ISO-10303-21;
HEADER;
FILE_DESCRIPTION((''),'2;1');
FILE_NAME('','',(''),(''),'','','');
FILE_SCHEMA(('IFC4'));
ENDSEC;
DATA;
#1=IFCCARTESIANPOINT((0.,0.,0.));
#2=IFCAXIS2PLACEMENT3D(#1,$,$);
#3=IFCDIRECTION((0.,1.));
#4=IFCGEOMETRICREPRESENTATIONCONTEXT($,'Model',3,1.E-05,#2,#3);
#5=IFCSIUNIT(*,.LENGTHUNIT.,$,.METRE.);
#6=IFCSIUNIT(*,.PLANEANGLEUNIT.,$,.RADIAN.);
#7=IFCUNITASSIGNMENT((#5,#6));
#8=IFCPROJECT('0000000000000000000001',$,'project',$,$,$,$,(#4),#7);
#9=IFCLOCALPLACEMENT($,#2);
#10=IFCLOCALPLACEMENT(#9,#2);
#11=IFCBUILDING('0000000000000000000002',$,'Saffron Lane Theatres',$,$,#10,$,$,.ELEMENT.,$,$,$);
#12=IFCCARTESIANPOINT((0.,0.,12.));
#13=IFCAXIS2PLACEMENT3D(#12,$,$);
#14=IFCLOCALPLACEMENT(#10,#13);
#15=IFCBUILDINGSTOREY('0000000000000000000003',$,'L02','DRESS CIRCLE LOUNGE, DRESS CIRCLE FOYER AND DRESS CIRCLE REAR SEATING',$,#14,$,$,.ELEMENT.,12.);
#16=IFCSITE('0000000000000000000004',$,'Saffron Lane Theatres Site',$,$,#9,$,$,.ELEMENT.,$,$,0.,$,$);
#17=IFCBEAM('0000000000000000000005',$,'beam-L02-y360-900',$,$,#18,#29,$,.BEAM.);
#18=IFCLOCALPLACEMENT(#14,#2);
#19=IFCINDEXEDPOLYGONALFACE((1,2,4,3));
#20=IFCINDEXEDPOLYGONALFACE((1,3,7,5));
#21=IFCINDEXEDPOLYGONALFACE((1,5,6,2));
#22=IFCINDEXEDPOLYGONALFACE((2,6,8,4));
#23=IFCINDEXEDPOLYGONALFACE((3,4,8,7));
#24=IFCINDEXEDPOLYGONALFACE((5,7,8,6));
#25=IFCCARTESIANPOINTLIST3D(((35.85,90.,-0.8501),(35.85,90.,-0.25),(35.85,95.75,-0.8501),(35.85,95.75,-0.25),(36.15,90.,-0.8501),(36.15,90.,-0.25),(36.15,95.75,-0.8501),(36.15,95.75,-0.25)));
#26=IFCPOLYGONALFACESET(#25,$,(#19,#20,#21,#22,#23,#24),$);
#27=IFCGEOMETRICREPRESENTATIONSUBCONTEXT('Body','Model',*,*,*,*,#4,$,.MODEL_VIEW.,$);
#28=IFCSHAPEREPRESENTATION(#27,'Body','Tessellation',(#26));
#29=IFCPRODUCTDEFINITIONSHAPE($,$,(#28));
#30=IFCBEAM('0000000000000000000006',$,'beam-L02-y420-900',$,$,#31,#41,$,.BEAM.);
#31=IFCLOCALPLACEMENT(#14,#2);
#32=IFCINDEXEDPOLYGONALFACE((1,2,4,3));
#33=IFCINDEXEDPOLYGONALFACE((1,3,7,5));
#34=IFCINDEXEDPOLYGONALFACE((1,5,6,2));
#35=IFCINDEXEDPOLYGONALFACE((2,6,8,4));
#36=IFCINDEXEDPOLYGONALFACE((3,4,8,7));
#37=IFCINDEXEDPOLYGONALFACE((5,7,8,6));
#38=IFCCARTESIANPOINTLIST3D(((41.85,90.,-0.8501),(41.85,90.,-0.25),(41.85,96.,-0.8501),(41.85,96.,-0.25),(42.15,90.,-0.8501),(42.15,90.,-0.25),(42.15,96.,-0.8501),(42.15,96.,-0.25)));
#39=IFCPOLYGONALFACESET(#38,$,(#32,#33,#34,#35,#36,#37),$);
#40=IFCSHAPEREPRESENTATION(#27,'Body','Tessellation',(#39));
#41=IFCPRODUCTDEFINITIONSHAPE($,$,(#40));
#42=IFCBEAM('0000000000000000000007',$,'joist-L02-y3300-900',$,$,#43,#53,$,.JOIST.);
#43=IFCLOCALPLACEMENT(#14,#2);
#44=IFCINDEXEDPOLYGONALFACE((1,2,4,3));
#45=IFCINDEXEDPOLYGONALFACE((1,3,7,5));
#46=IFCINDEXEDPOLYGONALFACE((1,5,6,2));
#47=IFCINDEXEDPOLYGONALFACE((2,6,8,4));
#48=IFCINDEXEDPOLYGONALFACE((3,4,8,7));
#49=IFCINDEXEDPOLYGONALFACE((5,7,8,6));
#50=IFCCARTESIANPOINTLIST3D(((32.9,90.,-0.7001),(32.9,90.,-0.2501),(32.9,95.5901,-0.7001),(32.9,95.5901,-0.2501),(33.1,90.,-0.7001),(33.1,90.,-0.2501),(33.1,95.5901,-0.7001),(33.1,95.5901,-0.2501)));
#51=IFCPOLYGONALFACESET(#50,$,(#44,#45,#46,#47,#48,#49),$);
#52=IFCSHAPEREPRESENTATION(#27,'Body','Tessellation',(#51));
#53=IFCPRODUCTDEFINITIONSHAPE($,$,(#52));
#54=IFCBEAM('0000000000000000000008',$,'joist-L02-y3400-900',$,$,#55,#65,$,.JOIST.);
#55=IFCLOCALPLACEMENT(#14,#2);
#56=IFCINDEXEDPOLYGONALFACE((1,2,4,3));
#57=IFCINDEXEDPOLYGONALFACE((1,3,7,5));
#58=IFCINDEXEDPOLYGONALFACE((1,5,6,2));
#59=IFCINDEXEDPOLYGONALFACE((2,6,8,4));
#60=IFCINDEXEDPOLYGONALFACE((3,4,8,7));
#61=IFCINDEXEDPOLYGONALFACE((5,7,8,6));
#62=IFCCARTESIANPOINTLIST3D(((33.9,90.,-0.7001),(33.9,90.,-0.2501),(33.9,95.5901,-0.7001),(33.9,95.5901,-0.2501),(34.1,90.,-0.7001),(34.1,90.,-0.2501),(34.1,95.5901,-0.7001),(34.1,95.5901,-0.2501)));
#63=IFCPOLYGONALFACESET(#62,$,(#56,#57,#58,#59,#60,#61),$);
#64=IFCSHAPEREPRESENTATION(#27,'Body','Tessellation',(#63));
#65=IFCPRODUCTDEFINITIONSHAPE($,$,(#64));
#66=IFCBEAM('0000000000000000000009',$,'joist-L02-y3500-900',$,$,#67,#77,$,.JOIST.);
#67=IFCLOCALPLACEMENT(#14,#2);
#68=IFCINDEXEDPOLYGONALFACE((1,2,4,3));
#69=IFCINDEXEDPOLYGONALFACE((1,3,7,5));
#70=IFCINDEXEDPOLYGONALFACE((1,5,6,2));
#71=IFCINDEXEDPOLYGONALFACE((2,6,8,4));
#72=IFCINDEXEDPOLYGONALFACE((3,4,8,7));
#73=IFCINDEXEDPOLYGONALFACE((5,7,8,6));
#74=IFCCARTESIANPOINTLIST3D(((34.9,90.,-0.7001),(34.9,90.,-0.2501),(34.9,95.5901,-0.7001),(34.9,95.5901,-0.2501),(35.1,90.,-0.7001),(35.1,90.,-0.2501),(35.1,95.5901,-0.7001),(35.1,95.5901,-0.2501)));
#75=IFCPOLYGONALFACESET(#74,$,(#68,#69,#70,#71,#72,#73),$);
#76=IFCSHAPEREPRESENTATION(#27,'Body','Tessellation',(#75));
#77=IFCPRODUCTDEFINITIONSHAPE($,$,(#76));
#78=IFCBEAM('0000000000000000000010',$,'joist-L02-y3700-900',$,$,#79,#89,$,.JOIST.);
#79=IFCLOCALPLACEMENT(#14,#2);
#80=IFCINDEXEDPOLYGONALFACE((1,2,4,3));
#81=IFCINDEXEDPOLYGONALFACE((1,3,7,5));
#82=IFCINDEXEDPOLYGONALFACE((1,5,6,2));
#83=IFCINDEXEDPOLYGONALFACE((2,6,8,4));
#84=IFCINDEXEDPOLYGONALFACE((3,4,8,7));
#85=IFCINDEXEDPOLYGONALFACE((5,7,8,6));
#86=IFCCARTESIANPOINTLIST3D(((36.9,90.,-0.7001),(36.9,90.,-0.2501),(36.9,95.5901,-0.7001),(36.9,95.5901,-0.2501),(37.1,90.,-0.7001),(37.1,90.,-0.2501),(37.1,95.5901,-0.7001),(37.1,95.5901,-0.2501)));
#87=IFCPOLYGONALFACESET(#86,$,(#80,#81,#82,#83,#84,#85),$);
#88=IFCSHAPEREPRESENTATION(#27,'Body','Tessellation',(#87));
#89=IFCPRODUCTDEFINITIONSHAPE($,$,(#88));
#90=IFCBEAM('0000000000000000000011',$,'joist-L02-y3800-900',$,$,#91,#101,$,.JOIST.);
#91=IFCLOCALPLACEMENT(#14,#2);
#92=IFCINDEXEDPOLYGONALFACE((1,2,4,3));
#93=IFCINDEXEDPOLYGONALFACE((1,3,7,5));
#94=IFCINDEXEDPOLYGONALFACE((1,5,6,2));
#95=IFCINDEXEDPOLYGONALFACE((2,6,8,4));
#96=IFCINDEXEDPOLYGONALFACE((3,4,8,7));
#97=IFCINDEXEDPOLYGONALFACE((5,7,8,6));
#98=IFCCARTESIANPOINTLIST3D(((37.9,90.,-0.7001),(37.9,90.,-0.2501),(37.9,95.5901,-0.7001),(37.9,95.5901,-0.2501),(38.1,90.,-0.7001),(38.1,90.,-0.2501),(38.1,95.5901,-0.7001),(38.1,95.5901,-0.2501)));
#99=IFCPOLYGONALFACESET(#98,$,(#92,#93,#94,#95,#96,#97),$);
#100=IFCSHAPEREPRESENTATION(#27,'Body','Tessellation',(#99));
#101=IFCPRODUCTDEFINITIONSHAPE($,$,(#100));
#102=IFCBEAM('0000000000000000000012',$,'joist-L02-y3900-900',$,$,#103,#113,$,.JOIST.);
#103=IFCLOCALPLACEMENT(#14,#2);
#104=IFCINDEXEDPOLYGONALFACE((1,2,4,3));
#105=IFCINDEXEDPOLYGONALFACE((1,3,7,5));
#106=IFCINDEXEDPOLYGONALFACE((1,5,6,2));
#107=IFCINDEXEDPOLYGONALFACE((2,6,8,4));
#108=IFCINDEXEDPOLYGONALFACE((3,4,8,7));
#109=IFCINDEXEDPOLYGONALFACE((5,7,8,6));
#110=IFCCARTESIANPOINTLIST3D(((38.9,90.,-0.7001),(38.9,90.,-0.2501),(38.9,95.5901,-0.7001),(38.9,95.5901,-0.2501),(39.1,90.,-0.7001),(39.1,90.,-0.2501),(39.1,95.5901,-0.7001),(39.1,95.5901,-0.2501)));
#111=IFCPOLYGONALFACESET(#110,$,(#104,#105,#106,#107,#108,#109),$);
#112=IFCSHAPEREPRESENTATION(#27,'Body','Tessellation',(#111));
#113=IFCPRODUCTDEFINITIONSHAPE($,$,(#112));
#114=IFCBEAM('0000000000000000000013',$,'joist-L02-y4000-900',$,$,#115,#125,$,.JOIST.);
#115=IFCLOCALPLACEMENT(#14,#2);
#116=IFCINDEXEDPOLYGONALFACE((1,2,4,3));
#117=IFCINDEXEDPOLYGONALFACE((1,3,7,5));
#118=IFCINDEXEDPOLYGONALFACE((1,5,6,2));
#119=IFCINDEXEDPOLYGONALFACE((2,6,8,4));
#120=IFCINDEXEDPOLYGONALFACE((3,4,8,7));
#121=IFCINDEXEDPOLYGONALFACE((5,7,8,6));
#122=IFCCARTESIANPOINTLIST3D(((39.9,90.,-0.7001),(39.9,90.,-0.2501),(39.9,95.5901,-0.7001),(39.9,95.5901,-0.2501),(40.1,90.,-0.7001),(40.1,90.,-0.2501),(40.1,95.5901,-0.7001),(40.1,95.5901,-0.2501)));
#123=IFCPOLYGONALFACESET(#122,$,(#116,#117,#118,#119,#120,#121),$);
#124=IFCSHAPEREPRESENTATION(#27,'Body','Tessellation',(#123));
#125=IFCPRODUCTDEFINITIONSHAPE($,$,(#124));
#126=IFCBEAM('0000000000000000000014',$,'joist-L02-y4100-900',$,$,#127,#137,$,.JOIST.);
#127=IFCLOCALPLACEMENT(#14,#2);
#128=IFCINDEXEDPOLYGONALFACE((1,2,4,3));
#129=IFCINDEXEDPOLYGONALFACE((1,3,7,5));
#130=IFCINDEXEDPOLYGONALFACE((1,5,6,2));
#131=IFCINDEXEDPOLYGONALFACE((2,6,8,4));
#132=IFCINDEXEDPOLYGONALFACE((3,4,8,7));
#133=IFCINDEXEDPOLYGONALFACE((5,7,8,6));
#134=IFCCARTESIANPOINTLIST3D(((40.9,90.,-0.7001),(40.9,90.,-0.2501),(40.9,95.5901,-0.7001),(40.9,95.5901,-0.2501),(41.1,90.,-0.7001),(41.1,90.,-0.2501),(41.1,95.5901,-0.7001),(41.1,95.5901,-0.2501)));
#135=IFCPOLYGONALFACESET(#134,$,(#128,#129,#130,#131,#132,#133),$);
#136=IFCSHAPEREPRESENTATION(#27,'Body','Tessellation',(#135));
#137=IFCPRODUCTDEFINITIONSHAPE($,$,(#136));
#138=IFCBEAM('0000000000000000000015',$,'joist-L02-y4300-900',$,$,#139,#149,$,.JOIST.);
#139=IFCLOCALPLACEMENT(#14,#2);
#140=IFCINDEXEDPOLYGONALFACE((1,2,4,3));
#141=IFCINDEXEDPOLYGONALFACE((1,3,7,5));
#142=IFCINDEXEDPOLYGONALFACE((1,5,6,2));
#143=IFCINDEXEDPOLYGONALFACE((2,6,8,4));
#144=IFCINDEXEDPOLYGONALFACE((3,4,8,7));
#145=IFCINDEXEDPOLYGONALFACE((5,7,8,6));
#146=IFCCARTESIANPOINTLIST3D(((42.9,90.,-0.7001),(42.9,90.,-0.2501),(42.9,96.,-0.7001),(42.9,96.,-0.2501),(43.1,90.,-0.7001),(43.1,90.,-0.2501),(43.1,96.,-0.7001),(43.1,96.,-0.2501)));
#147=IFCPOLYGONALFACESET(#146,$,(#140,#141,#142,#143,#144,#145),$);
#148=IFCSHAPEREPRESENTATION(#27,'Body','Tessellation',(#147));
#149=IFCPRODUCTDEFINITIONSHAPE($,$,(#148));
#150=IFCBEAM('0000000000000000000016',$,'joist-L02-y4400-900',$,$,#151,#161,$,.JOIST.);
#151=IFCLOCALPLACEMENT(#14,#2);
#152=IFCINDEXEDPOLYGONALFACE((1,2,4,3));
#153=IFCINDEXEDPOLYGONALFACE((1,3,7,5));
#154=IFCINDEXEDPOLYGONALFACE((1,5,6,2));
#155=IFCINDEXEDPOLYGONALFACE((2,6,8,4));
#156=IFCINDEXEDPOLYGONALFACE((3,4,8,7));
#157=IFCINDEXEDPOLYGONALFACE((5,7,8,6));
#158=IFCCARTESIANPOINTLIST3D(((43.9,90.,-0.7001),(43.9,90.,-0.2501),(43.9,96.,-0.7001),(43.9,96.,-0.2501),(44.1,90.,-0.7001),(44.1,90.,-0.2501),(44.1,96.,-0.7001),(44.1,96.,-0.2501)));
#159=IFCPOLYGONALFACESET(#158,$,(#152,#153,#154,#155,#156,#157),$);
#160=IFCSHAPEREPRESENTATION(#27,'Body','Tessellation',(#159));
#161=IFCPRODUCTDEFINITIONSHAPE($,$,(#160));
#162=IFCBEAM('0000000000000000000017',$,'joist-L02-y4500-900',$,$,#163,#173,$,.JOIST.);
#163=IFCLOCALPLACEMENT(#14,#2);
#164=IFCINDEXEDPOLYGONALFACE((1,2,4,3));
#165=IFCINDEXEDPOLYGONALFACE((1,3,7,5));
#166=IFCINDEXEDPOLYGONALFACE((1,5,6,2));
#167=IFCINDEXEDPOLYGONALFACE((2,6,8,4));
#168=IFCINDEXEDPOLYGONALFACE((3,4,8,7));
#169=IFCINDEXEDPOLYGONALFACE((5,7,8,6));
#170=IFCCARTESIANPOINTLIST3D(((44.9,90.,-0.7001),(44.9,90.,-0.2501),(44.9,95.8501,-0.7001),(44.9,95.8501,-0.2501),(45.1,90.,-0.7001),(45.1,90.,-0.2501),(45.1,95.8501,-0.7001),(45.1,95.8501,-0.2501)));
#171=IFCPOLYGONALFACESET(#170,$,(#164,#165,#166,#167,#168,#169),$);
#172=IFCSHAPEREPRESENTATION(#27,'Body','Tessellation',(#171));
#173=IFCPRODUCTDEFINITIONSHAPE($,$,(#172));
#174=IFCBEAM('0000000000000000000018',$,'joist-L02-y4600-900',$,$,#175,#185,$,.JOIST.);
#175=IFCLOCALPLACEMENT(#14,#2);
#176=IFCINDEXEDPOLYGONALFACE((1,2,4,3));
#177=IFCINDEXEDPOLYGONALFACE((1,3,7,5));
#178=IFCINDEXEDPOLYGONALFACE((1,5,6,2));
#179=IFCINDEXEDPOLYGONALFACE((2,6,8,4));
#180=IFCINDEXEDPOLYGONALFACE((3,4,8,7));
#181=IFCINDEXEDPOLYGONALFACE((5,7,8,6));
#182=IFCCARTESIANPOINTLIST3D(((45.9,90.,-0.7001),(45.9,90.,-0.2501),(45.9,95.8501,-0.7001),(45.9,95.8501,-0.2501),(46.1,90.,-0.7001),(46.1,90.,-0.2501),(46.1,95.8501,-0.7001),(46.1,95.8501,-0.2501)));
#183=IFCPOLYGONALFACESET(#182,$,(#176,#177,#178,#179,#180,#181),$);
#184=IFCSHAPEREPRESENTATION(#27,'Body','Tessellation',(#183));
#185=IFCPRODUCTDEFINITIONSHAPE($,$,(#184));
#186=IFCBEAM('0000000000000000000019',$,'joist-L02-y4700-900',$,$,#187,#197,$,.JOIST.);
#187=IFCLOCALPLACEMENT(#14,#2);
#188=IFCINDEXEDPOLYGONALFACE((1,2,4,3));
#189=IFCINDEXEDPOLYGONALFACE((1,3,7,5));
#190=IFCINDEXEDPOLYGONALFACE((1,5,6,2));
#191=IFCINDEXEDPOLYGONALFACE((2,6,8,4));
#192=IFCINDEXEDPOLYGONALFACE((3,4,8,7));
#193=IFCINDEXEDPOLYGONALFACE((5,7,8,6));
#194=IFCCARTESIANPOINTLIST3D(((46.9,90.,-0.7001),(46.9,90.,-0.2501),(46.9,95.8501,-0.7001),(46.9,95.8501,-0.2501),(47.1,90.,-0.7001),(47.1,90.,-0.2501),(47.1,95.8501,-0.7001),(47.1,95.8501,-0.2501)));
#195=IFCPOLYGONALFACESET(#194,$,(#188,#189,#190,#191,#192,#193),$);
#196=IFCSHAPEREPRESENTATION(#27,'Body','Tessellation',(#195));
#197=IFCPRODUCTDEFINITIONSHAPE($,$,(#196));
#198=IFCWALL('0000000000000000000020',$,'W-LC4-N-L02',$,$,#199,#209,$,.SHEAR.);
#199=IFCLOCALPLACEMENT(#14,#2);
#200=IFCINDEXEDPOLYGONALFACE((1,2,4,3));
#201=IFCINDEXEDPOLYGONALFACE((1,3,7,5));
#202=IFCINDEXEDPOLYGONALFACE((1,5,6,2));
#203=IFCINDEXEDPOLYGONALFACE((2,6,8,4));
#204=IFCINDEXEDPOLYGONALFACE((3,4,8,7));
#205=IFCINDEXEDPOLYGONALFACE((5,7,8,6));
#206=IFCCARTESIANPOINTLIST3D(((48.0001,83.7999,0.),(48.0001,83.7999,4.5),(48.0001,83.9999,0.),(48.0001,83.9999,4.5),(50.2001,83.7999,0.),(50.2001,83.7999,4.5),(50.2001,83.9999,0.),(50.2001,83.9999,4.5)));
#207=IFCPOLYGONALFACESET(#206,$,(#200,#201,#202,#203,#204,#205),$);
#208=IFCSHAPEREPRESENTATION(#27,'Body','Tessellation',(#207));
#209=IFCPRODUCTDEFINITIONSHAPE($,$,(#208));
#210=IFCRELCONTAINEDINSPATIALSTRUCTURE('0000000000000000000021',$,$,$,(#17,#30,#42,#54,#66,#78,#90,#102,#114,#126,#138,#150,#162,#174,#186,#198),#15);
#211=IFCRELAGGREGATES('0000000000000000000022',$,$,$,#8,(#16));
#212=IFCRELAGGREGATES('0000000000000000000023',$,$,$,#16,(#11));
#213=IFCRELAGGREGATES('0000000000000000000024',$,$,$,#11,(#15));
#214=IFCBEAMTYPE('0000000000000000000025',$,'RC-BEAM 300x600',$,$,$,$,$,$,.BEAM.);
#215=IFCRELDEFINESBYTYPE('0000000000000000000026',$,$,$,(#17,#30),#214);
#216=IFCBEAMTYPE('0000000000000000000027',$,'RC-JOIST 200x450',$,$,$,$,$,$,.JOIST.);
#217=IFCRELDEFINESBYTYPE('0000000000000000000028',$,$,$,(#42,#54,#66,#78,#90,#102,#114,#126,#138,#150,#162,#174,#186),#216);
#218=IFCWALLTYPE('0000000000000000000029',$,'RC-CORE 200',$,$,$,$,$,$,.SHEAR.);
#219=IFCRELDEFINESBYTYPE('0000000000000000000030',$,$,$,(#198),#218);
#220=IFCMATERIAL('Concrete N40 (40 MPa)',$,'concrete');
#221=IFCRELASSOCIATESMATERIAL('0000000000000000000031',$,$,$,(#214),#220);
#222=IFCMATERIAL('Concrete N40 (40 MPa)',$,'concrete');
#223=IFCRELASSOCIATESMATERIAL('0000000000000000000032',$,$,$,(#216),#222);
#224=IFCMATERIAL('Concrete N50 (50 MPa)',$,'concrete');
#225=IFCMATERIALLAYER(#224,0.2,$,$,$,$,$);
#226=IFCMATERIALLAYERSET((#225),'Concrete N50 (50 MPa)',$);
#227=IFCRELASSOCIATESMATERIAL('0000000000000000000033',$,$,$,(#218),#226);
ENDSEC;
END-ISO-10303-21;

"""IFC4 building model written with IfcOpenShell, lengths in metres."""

from ifc_helpers import new_model, si_unit, direction, frame, frame_2d, origin, origin_2d, place, context, subcontext, project, spatial, rectangle, extrude, material, layer, layer_set, material_profile, profile_set, type_object, element, save


model = new_model("IFC4")

# Units and contexts
model_context = context("Model", 3, precision=1e-05, world=origin(), true_north=direction((0.0, 1.0)))
body_context = subcontext(model_context, "Body", "Model", "MODEL_VIEW")
ifc_project = project(units=[si_unit("LENGTHUNIT", "METRE"), si_unit("PLANEANGLEUNIT", "RADIAN")], contexts=[model_context])

# Site, building, storey
site_placement = place(None, origin())
site = spatial("IfcSite", under=ifc_project, at=site_placement, Name="Saffron Lane Theatres Site", CompositionType="ELEMENT", RefElevation=0.0)
building_placement = place(site_placement, origin())
building = spatial("IfcBuilding", under=site, at=building_placement, Name="Saffron Lane Theatres", CompositionType="ELEMENT")
storey_placement = place(building_placement, frame((0.0, 0.0, 12.0)))
storey = spatial("IfcBuildingStorey", under=building, at=storey_placement, Name="L02", Description="DRESS CIRCLE LOUNGE, DRESS CIRCLE FOYER AND DRESS CIRCLE REAR SEATING", CompositionType="ELEMENT", Elevation=12.0)

# Beams
ifc_material_1 = material(Name="Concrete N40 (40 MPa)", Category="concrete")
ifc_material_profile_1 = material_profile(ifc_material_1, rectangle(XDim=0.3, YDim=0.6001, at=origin_2d()))
ifc_profile_set_1 = profile_set([ifc_material_profile_1], Name="Concrete N40 (40 MPa)")
beam_type_1 = type_object("IfcBeamType", Name="RC-BEAM 300x600", PredefinedType="BEAM", material=ifc_profile_set_1)
beam_1_placement = place(storey_placement, frame((36.0, 90.0, -0.55), z_axis=(0.0, 1.0, 0.0), x_axis=(-1.0, 0.0, 0.0)))
element("IfcBeam", 1, at=beam_1_placement, inside=storey, type_object=beam_type_1, Name="beam-L02-y360-900", PredefinedType="BEAM", context=body_context, shape_type="SweptSolid", body=[
    extrude(rectangle(XDim=0.3, YDim=0.6001, at=origin_2d()), origin(), (0.0, 0.0, 1.0), 5.75),
])
beam_2_placement = place(storey_placement, frame((42.0, 90.0, -0.55), z_axis=(0.0, 1.0, 0.0), x_axis=(-1.0, 0.0, 0.0)))
element("IfcBeam", 2, at=beam_2_placement, inside=storey, type_object=beam_type_1, Name="beam-L02-y420-900", PredefinedType="BEAM", context=body_context, shape_type="SweptSolid", body=[
    extrude(rectangle(XDim=0.3, YDim=0.6001, at=origin_2d()), origin(), (0.0, 0.0, 1.0), 6.0),
])
ifc_material_2 = material(Name="Concrete N40 (40 MPa)", Category="concrete")
ifc_material_profile_2 = material_profile(ifc_material_2, rectangle(XDim=0.2, YDim=0.45, at=origin_2d()))
ifc_profile_set_2 = profile_set([ifc_material_profile_2], Name="Concrete N40 (40 MPa)")
beam_type_2 = type_object("IfcBeamType", Name="RC-JOIST 200x450", PredefinedType="JOIST", material=ifc_profile_set_2)
for number, where, z_axis, x_axis, name in (
    (3, (33.0, 90.0, -0.4751), (0.0, 1.0, 0.0), (-1.0, 0.0, 0.0), "joist-L02-y3300-900"),
    (4, (34.0, 90.0, -0.4751), (0.0, 1.0, 0.0), (-1.0, 0.0, 0.0), "joist-L02-y3400-900"),
    (5, (35.0, 90.0, -0.4751), (0.0, 1.0, 0.0), (-1.0, 0.0, 0.0), "joist-L02-y3500-900"),
    (6, (37.0, 90.0, -0.4751), (0.0, 1.0, 0.0), (-1.0, 0.0, 0.0), "joist-L02-y3700-900"),
    (7, (38.0, 90.0, -0.4751), (0.0, 1.0, 0.0), (-1.0, 0.0, 0.0), "joist-L02-y3800-900"),
    (8, (39.0, 90.0, -0.4751), (0.0, 1.0, 0.0), (-1.0, 0.0, 0.0), "joist-L02-y3900-900"),
    (9, (40.0, 90.0, -0.4751), (0.0, 1.0, 0.0), (-1.0, 0.0, 0.0), "joist-L02-y4000-900"),
    (10, (41.0, 90.0, -0.4751), (0.0, 1.0, 0.0), (-1.0, 0.0, 0.0), "joist-L02-y4100-900"),
):
    element("IfcBeam", number, at=place(storey_placement, frame(where, z_axis=z_axis, x_axis=x_axis)), inside=storey, type_object=beam_type_2, Name=name, PredefinedType="JOIST", context=body_context, shape_type="SweptSolid", body=[
        extrude(rectangle(XDim=0.2, YDim=0.45, at=origin_2d()), origin(), (0.0, 0.0, 1.0), 5.5901),
    ])
for number, where, z_axis, x_axis, name in (
    (11, (43.0, 90.0, -0.4751), (0.0, 1.0, 0.0), (-1.0, 0.0, 0.0), "joist-L02-y4300-900"),
    (12, (44.0, 90.0, -0.4751), (0.0, 1.0, 0.0), (-1.0, 0.0, 0.0), "joist-L02-y4400-900"),
):
    element("IfcBeam", number, at=place(storey_placement, frame(where, z_axis=z_axis, x_axis=x_axis)), inside=storey, type_object=beam_type_2, Name=name, PredefinedType="JOIST", context=body_context, shape_type="SweptSolid", body=[
        extrude(rectangle(XDim=0.2, YDim=0.45, at=origin_2d()), origin(), (0.0, 0.0, 1.0), 6.0),
    ])
for number, where, z_axis, x_axis, name in (
    (13, (45.0, 90.0, -0.4751), (0.0, 1.0, 0.0), (-1.0, 0.0, 0.0), "joist-L02-y4500-900"),
    (14, (46.0, 90.0, -0.4751), (0.0, 1.0, 0.0), (-1.0, 0.0, 0.0), "joist-L02-y4600-900"),
    (15, (47.0, 90.0, -0.4751), (0.0, 1.0, 0.0), (-1.0, 0.0, 0.0), "joist-L02-y4700-900"),
):
    element("IfcBeam", number, at=place(storey_placement, frame(where, z_axis=z_axis, x_axis=x_axis)), inside=storey, type_object=beam_type_2, Name=name, PredefinedType="JOIST", context=body_context, shape_type="SweptSolid", body=[
        extrude(rectangle(XDim=0.2, YDim=0.45, at=origin_2d()), origin(), (0.0, 0.0, 1.0), 5.8501),
    ])

# Wall
ifc_material_3 = material(Name="Concrete N50 (50 MPa)", Category="concrete")
ifc_layer = layer(ifc_material_3, 0.2)
ifc_layer_set = layer_set([ifc_layer], Name="Concrete N50 (50 MPa)")
wall_type = type_object("IfcWallType", Name="RC-CORE 200", PredefinedType="SHEAR", material=ifc_layer_set)
wall_1_placement = place(storey_placement, frame((48.0, 83.8999, 0.0), z_axis=(0.0, 0.0, 1.0), x_axis=(1.0, 0.0, 0.0)))
element("IfcWall", 16, at=wall_1_placement, inside=storey, type_object=wall_type, Name="W-LC4-N-L02", PredefinedType="SHEAR", context=body_context, shape_type="SweptSolid", body=[
    extrude(rectangle(XDim=2.2, YDim=0.2, at=frame_2d((1.1001, 0.0))), origin(), (0.0, 0.0, 1.0), 4.5),
])

save(model, "model.ifc")
